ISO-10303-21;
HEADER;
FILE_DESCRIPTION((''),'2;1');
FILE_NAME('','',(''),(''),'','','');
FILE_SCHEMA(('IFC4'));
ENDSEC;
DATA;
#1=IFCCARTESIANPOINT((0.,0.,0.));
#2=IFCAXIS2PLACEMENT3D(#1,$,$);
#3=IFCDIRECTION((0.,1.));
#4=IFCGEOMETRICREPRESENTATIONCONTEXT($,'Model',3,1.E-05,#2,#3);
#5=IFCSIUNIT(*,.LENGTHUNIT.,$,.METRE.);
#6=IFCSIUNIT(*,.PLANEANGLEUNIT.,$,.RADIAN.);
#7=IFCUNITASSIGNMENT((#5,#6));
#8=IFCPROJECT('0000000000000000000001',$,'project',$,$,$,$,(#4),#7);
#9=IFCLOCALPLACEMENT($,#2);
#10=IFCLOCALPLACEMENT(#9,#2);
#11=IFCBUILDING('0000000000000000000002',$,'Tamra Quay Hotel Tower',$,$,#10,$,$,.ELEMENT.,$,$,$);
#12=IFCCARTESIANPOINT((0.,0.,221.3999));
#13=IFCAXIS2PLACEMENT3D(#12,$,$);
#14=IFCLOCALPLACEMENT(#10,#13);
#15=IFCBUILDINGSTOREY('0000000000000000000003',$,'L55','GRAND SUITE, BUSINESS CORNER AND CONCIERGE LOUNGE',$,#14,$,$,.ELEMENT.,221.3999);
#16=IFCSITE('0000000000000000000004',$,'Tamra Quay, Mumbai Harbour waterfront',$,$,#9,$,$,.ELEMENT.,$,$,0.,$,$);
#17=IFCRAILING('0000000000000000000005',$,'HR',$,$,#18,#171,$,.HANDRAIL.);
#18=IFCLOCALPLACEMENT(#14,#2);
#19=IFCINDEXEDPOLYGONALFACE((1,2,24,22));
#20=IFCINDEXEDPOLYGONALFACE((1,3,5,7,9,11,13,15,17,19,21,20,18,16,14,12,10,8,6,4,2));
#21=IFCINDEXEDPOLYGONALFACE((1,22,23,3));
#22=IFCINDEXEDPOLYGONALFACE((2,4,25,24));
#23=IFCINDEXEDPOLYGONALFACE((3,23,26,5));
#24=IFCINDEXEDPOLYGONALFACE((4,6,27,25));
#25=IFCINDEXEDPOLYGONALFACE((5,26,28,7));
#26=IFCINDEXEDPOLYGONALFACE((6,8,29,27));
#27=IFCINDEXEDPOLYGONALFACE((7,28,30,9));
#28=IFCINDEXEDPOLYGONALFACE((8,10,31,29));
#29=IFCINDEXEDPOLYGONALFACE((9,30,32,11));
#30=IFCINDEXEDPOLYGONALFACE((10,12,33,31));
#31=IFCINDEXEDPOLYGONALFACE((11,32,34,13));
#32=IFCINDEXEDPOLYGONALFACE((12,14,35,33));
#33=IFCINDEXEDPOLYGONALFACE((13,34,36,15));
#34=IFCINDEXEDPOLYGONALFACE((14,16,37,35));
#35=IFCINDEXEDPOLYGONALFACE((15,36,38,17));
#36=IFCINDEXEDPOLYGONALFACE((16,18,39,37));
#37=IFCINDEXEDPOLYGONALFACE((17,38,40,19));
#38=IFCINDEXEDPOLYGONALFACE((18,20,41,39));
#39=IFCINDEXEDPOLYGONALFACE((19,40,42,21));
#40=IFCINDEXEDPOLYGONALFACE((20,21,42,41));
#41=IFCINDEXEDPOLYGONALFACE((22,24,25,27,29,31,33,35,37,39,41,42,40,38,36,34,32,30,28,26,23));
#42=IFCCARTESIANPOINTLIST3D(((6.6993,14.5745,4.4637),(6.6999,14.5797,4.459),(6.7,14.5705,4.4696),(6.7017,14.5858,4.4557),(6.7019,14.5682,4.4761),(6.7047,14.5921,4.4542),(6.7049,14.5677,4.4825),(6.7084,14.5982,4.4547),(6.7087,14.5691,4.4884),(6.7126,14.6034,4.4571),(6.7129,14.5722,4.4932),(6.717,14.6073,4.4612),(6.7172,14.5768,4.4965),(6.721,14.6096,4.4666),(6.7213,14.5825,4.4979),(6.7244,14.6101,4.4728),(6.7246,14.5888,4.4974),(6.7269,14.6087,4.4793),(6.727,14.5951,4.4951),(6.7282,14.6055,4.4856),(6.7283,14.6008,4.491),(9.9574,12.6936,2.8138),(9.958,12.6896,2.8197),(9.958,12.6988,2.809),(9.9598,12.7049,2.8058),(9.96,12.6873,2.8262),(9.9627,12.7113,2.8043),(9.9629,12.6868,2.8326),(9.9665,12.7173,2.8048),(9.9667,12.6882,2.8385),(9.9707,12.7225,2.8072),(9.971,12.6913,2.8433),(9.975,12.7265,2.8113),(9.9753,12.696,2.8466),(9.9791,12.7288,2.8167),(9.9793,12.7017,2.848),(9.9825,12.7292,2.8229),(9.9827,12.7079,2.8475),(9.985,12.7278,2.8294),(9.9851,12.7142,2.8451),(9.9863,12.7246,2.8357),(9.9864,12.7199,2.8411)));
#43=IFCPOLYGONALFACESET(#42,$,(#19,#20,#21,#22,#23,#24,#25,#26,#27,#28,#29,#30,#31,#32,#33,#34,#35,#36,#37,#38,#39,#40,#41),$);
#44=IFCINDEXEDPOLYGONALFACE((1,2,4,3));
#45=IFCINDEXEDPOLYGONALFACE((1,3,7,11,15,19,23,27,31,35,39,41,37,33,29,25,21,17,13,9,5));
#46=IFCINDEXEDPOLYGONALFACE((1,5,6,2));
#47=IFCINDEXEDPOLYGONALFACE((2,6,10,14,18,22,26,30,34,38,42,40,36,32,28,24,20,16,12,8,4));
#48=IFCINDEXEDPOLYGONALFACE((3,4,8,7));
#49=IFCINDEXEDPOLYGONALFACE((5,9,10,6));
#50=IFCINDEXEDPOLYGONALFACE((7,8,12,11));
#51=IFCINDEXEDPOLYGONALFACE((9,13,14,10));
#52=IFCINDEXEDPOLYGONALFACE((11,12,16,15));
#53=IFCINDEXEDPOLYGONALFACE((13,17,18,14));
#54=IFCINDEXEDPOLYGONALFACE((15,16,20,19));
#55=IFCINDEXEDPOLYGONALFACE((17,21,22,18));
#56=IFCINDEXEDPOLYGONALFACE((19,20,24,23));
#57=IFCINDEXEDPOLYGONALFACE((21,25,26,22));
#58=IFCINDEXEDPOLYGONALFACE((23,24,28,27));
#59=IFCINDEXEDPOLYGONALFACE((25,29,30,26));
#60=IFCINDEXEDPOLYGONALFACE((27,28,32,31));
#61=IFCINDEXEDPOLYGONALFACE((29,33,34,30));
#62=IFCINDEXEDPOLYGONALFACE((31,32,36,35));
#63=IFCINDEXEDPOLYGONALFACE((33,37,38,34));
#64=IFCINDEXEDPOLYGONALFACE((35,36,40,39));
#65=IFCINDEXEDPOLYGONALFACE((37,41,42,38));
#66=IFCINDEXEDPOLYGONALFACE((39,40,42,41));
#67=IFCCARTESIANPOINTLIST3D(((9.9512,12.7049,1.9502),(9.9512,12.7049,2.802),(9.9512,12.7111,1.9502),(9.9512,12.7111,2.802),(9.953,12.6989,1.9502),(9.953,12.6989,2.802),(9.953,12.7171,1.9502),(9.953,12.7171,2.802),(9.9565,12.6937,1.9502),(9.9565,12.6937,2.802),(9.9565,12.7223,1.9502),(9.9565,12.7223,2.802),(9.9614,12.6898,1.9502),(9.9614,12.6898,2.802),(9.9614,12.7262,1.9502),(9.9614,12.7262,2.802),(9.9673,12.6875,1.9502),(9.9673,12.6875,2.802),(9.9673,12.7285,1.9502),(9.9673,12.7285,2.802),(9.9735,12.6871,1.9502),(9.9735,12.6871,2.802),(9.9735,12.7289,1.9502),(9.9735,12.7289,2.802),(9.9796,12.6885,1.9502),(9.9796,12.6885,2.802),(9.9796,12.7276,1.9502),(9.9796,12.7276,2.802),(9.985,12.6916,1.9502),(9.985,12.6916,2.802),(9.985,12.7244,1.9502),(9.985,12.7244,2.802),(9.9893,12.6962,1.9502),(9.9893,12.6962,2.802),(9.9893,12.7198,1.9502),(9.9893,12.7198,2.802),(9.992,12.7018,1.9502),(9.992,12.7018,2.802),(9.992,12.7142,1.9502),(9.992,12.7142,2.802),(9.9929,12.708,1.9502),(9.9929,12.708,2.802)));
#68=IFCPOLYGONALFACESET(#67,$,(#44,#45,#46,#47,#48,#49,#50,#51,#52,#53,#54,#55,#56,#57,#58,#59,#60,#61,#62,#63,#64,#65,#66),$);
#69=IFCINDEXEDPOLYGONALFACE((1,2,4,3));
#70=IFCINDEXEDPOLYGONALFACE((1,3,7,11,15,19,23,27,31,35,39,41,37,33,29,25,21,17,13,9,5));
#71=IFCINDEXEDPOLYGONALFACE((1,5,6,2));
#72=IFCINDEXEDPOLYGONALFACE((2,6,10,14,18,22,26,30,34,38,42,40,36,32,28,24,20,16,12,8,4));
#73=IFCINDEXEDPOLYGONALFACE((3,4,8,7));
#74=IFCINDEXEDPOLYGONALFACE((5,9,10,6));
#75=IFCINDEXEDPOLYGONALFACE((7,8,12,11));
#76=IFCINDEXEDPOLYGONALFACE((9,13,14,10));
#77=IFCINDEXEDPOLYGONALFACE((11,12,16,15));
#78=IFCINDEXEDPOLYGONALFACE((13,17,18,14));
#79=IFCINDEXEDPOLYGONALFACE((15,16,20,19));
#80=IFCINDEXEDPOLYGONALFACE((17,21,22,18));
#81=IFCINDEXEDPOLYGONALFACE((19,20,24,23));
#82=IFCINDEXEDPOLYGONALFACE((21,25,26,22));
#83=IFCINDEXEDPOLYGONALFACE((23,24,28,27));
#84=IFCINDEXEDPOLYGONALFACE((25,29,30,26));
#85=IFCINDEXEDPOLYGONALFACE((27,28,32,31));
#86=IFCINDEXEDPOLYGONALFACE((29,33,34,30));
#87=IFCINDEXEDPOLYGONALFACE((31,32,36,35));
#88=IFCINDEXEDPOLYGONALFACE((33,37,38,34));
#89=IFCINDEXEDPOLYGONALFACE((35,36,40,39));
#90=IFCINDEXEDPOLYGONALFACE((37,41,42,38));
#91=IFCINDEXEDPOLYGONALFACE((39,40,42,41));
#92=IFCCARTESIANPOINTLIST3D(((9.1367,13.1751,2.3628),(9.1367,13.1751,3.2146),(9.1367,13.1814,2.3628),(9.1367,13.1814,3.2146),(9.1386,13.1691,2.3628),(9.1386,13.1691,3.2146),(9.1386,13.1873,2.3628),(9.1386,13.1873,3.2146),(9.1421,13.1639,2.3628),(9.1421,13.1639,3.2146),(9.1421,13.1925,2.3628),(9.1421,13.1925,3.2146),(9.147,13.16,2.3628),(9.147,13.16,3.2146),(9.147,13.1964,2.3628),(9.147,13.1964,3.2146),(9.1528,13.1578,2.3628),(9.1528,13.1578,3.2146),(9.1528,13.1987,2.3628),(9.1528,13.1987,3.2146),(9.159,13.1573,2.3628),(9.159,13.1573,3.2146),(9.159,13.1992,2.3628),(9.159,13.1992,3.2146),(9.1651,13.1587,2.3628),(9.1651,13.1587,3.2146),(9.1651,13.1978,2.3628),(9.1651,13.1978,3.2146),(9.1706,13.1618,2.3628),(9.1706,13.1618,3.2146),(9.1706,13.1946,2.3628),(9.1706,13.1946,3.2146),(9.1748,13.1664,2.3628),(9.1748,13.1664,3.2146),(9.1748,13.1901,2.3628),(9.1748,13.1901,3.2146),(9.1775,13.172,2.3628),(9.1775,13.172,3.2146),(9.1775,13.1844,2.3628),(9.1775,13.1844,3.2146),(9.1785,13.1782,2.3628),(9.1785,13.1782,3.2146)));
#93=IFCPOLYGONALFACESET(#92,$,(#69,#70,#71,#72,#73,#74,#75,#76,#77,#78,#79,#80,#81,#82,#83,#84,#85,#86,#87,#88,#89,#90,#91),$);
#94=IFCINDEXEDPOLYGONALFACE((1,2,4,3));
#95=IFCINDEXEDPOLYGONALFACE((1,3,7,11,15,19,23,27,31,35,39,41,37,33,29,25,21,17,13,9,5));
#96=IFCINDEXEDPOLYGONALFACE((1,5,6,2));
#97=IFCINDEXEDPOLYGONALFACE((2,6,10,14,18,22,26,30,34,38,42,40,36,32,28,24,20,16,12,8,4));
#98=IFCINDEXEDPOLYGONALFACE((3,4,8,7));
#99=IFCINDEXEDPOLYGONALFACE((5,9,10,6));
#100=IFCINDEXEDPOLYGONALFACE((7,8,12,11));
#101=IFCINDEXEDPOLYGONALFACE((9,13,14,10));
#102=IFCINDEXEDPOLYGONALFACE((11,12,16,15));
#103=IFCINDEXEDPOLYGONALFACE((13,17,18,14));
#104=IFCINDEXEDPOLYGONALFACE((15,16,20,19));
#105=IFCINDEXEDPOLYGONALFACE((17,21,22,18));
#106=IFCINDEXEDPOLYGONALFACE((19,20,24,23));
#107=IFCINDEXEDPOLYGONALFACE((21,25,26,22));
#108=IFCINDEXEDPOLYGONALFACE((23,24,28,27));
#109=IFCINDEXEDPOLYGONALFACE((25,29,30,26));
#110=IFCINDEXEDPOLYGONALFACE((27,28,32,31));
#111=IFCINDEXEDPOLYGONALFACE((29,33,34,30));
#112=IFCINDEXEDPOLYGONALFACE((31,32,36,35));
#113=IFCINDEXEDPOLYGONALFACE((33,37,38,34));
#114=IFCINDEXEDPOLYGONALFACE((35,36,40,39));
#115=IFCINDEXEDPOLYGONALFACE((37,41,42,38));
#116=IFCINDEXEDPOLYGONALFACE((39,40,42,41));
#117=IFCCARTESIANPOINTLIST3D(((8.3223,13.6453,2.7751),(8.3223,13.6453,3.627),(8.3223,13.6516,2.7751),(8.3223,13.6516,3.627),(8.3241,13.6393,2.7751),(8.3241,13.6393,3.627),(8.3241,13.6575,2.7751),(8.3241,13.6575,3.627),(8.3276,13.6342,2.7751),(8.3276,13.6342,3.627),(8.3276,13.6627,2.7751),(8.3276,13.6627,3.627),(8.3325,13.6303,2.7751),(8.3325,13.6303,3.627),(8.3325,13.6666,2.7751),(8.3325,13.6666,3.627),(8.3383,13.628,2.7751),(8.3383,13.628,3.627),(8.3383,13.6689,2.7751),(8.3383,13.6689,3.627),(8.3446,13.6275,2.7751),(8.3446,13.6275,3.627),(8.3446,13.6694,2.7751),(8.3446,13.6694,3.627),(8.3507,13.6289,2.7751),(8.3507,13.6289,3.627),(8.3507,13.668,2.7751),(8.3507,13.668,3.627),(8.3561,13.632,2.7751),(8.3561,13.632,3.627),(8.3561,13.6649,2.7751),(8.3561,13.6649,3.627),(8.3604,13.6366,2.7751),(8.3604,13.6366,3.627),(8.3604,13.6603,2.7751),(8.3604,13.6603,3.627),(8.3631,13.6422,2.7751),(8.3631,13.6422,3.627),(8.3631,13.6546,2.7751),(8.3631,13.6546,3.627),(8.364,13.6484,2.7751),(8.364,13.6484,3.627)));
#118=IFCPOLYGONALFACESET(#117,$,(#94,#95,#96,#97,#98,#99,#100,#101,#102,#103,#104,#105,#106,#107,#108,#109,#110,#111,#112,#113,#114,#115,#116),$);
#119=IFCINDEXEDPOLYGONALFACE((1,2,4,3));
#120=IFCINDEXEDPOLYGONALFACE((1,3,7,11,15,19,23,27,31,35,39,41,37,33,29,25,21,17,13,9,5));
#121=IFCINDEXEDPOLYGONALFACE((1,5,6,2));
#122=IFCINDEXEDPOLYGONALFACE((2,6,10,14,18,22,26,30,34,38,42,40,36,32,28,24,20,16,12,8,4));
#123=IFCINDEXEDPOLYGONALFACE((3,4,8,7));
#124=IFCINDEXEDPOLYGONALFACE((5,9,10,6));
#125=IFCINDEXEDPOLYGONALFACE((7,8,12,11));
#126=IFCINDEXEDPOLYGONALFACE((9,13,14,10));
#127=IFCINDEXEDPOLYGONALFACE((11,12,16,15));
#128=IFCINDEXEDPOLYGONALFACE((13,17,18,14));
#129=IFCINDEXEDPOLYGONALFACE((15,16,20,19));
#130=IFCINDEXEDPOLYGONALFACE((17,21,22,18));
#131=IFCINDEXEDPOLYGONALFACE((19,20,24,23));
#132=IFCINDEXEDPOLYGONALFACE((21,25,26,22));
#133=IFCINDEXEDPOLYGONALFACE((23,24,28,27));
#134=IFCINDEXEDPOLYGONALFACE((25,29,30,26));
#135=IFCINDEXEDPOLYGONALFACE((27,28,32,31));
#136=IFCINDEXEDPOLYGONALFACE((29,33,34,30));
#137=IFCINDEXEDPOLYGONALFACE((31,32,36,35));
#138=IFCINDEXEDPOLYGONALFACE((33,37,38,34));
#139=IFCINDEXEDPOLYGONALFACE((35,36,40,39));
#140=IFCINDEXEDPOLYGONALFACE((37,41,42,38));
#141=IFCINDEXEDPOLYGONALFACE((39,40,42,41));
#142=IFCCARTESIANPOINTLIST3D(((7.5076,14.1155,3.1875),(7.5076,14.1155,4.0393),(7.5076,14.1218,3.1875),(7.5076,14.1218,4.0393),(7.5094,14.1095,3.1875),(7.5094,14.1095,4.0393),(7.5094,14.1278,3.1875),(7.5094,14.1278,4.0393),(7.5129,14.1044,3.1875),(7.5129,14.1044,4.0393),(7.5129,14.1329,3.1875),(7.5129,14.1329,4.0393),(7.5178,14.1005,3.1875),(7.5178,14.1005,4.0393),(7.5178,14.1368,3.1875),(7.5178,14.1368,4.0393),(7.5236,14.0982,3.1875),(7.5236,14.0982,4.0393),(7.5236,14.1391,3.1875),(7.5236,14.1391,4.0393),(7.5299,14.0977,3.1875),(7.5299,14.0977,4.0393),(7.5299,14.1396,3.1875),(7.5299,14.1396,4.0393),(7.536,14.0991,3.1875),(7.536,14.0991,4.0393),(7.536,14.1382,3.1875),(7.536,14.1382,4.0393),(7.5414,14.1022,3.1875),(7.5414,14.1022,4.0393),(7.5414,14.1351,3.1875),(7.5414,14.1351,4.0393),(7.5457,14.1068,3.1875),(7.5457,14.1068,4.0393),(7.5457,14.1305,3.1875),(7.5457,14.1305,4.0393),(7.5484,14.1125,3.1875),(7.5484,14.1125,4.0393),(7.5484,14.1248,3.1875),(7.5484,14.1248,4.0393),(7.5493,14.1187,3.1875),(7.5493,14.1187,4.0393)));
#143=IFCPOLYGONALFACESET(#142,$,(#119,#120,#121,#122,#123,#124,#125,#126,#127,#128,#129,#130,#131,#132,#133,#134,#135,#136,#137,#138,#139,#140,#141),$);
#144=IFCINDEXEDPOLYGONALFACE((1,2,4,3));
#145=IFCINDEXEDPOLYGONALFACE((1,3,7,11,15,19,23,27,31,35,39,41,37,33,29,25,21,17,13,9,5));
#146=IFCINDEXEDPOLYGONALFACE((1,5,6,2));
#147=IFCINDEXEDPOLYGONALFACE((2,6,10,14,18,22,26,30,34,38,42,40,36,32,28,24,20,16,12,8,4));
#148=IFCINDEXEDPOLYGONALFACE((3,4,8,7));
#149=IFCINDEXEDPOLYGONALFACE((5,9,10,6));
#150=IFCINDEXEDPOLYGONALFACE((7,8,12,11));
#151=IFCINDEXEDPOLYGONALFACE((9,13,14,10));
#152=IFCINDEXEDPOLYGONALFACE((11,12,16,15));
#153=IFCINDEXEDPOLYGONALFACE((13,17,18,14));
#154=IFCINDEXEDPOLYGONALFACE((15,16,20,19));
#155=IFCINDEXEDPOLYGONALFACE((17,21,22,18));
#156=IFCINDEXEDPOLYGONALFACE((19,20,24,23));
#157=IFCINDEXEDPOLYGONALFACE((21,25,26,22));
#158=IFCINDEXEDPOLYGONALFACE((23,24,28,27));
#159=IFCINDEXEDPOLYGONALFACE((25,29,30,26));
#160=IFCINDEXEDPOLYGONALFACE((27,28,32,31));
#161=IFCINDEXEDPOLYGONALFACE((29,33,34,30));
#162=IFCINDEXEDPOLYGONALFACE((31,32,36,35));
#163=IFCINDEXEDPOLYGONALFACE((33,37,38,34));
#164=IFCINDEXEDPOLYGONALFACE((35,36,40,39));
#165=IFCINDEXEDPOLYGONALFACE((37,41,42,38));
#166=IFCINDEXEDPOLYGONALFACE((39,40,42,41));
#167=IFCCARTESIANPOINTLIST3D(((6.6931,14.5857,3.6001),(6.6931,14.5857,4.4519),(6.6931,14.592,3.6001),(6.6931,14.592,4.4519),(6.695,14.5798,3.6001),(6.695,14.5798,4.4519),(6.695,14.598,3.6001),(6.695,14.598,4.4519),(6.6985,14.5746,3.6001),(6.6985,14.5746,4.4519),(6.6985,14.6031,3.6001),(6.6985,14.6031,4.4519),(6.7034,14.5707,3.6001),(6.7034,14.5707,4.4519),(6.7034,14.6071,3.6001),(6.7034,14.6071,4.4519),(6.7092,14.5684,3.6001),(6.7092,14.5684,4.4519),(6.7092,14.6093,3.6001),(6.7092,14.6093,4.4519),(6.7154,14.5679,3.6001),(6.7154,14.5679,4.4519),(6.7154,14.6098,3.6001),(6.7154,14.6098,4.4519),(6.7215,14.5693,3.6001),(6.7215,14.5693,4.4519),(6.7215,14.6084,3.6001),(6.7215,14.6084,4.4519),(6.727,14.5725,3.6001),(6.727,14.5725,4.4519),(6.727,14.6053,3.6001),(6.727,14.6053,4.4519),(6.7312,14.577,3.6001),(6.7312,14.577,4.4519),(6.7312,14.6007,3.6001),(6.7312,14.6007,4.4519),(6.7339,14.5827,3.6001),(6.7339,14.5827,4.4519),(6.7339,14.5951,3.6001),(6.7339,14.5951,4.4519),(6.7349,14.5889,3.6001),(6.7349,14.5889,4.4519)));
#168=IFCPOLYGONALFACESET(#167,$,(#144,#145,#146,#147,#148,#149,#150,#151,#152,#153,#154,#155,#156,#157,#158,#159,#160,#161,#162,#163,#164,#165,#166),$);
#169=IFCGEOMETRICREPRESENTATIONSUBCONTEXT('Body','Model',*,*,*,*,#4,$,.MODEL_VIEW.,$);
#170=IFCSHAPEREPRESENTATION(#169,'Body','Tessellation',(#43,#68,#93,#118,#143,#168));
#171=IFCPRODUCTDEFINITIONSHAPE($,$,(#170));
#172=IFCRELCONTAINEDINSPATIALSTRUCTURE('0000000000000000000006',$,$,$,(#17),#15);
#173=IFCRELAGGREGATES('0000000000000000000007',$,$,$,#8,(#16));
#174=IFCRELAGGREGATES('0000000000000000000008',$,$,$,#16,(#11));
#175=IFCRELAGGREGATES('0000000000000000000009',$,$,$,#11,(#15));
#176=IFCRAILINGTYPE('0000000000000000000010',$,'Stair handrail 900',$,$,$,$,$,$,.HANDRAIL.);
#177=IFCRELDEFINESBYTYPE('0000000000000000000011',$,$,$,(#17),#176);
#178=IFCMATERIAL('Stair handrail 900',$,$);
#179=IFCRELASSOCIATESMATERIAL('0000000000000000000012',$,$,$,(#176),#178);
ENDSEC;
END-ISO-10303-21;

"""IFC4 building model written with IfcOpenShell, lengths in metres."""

from ifc_helpers import new_model, si_unit, direction, frame, origin, origin_2d, place, context, subcontext, project, spatial, circle, extrude, material, type_object, element, save


model = new_model("IFC4")

# Units and contexts
model_context = context("Model", 3, precision=1e-05, world=origin(), true_north=direction((0.0, 1.0)))
body_context = subcontext(model_context, "Body", "Model", "MODEL_VIEW")
ifc_project = project(units=[si_unit("LENGTHUNIT", "METRE"), si_unit("PLANEANGLEUNIT", "RADIAN")], contexts=[model_context])

# Site, building, storey
site_placement = place(None, origin())
site = spatial("IfcSite", under=ifc_project, at=site_placement, Name="Tamra Quay, Mumbai Harbour waterfront", CompositionType="ELEMENT", RefElevation=0.0)
building_placement = place(site_placement, origin())
building = spatial("IfcBuilding", under=site, at=building_placement, Name="Tamra Quay Hotel Tower", CompositionType="ELEMENT")
storey_placement = place(building_placement, frame((0.0, 0.0, 221.3999)))
storey = spatial("IfcBuildingStorey", under=building, at=storey_placement, Name="L55", Description="GRAND SUITE, BUSINESS CORNER AND CONCIERGE LOUNGE", CompositionType="ELEMENT", Elevation=221.3999)

# Railing
ifc_material_1 = material(Name="Stair handrail 900")
railing_type_1 = type_object("IfcRailingType", Name="Stair handrail 900", PredefinedType="HANDRAIL", material=ifc_material_1)
railing_1_placement = place(storey_placement, frame((9.9719, 12.708, 1.9502)))
element("IfcRailing", 1, at=railing_1_placement, inside=storey, type_object=railing_type_1, Name="HR", PredefinedType="HANDRAIL", context=body_context, shape_type="SweptSolid", body=[
    extrude(circle(Radius=0.0239, at=origin_2d()), frame((0.0, 0.0, 0.876), z_axis=(-0.793122, 0.457865, 0.401642), x_axis=(-0.499964, -0.866046, 0.0)), (0.0, 0.0, 1.0), 4.1079),
    extrude(circle(Radius=0.021, at=origin_2d()), origin(), (0.0, 0.0, 1.0), 0.8518),
    extrude(circle(Radius=0.021, at=origin_2d()), frame((-0.8145, 0.4702, 0.4126)), (0.0, 0.0, 1.0), 0.8518),
    extrude(circle(Radius=0.021, at=origin_2d()), frame((-1.6289, 0.9404, 0.825)), (0.0, 0.0, 1.0), 0.8518),
    extrude(circle(Radius=0.021, at=origin_2d()), frame((-2.4436, 1.4106, 1.2373)), (0.0, 0.0, 1.0), 0.8518),
    extrude(circle(Radius=0.021, at=origin_2d()), frame((-3.2581, 1.8809, 1.6499)), (0.0, 0.0, 1.0), 0.8518),
])

save(model, "model.ifc")
